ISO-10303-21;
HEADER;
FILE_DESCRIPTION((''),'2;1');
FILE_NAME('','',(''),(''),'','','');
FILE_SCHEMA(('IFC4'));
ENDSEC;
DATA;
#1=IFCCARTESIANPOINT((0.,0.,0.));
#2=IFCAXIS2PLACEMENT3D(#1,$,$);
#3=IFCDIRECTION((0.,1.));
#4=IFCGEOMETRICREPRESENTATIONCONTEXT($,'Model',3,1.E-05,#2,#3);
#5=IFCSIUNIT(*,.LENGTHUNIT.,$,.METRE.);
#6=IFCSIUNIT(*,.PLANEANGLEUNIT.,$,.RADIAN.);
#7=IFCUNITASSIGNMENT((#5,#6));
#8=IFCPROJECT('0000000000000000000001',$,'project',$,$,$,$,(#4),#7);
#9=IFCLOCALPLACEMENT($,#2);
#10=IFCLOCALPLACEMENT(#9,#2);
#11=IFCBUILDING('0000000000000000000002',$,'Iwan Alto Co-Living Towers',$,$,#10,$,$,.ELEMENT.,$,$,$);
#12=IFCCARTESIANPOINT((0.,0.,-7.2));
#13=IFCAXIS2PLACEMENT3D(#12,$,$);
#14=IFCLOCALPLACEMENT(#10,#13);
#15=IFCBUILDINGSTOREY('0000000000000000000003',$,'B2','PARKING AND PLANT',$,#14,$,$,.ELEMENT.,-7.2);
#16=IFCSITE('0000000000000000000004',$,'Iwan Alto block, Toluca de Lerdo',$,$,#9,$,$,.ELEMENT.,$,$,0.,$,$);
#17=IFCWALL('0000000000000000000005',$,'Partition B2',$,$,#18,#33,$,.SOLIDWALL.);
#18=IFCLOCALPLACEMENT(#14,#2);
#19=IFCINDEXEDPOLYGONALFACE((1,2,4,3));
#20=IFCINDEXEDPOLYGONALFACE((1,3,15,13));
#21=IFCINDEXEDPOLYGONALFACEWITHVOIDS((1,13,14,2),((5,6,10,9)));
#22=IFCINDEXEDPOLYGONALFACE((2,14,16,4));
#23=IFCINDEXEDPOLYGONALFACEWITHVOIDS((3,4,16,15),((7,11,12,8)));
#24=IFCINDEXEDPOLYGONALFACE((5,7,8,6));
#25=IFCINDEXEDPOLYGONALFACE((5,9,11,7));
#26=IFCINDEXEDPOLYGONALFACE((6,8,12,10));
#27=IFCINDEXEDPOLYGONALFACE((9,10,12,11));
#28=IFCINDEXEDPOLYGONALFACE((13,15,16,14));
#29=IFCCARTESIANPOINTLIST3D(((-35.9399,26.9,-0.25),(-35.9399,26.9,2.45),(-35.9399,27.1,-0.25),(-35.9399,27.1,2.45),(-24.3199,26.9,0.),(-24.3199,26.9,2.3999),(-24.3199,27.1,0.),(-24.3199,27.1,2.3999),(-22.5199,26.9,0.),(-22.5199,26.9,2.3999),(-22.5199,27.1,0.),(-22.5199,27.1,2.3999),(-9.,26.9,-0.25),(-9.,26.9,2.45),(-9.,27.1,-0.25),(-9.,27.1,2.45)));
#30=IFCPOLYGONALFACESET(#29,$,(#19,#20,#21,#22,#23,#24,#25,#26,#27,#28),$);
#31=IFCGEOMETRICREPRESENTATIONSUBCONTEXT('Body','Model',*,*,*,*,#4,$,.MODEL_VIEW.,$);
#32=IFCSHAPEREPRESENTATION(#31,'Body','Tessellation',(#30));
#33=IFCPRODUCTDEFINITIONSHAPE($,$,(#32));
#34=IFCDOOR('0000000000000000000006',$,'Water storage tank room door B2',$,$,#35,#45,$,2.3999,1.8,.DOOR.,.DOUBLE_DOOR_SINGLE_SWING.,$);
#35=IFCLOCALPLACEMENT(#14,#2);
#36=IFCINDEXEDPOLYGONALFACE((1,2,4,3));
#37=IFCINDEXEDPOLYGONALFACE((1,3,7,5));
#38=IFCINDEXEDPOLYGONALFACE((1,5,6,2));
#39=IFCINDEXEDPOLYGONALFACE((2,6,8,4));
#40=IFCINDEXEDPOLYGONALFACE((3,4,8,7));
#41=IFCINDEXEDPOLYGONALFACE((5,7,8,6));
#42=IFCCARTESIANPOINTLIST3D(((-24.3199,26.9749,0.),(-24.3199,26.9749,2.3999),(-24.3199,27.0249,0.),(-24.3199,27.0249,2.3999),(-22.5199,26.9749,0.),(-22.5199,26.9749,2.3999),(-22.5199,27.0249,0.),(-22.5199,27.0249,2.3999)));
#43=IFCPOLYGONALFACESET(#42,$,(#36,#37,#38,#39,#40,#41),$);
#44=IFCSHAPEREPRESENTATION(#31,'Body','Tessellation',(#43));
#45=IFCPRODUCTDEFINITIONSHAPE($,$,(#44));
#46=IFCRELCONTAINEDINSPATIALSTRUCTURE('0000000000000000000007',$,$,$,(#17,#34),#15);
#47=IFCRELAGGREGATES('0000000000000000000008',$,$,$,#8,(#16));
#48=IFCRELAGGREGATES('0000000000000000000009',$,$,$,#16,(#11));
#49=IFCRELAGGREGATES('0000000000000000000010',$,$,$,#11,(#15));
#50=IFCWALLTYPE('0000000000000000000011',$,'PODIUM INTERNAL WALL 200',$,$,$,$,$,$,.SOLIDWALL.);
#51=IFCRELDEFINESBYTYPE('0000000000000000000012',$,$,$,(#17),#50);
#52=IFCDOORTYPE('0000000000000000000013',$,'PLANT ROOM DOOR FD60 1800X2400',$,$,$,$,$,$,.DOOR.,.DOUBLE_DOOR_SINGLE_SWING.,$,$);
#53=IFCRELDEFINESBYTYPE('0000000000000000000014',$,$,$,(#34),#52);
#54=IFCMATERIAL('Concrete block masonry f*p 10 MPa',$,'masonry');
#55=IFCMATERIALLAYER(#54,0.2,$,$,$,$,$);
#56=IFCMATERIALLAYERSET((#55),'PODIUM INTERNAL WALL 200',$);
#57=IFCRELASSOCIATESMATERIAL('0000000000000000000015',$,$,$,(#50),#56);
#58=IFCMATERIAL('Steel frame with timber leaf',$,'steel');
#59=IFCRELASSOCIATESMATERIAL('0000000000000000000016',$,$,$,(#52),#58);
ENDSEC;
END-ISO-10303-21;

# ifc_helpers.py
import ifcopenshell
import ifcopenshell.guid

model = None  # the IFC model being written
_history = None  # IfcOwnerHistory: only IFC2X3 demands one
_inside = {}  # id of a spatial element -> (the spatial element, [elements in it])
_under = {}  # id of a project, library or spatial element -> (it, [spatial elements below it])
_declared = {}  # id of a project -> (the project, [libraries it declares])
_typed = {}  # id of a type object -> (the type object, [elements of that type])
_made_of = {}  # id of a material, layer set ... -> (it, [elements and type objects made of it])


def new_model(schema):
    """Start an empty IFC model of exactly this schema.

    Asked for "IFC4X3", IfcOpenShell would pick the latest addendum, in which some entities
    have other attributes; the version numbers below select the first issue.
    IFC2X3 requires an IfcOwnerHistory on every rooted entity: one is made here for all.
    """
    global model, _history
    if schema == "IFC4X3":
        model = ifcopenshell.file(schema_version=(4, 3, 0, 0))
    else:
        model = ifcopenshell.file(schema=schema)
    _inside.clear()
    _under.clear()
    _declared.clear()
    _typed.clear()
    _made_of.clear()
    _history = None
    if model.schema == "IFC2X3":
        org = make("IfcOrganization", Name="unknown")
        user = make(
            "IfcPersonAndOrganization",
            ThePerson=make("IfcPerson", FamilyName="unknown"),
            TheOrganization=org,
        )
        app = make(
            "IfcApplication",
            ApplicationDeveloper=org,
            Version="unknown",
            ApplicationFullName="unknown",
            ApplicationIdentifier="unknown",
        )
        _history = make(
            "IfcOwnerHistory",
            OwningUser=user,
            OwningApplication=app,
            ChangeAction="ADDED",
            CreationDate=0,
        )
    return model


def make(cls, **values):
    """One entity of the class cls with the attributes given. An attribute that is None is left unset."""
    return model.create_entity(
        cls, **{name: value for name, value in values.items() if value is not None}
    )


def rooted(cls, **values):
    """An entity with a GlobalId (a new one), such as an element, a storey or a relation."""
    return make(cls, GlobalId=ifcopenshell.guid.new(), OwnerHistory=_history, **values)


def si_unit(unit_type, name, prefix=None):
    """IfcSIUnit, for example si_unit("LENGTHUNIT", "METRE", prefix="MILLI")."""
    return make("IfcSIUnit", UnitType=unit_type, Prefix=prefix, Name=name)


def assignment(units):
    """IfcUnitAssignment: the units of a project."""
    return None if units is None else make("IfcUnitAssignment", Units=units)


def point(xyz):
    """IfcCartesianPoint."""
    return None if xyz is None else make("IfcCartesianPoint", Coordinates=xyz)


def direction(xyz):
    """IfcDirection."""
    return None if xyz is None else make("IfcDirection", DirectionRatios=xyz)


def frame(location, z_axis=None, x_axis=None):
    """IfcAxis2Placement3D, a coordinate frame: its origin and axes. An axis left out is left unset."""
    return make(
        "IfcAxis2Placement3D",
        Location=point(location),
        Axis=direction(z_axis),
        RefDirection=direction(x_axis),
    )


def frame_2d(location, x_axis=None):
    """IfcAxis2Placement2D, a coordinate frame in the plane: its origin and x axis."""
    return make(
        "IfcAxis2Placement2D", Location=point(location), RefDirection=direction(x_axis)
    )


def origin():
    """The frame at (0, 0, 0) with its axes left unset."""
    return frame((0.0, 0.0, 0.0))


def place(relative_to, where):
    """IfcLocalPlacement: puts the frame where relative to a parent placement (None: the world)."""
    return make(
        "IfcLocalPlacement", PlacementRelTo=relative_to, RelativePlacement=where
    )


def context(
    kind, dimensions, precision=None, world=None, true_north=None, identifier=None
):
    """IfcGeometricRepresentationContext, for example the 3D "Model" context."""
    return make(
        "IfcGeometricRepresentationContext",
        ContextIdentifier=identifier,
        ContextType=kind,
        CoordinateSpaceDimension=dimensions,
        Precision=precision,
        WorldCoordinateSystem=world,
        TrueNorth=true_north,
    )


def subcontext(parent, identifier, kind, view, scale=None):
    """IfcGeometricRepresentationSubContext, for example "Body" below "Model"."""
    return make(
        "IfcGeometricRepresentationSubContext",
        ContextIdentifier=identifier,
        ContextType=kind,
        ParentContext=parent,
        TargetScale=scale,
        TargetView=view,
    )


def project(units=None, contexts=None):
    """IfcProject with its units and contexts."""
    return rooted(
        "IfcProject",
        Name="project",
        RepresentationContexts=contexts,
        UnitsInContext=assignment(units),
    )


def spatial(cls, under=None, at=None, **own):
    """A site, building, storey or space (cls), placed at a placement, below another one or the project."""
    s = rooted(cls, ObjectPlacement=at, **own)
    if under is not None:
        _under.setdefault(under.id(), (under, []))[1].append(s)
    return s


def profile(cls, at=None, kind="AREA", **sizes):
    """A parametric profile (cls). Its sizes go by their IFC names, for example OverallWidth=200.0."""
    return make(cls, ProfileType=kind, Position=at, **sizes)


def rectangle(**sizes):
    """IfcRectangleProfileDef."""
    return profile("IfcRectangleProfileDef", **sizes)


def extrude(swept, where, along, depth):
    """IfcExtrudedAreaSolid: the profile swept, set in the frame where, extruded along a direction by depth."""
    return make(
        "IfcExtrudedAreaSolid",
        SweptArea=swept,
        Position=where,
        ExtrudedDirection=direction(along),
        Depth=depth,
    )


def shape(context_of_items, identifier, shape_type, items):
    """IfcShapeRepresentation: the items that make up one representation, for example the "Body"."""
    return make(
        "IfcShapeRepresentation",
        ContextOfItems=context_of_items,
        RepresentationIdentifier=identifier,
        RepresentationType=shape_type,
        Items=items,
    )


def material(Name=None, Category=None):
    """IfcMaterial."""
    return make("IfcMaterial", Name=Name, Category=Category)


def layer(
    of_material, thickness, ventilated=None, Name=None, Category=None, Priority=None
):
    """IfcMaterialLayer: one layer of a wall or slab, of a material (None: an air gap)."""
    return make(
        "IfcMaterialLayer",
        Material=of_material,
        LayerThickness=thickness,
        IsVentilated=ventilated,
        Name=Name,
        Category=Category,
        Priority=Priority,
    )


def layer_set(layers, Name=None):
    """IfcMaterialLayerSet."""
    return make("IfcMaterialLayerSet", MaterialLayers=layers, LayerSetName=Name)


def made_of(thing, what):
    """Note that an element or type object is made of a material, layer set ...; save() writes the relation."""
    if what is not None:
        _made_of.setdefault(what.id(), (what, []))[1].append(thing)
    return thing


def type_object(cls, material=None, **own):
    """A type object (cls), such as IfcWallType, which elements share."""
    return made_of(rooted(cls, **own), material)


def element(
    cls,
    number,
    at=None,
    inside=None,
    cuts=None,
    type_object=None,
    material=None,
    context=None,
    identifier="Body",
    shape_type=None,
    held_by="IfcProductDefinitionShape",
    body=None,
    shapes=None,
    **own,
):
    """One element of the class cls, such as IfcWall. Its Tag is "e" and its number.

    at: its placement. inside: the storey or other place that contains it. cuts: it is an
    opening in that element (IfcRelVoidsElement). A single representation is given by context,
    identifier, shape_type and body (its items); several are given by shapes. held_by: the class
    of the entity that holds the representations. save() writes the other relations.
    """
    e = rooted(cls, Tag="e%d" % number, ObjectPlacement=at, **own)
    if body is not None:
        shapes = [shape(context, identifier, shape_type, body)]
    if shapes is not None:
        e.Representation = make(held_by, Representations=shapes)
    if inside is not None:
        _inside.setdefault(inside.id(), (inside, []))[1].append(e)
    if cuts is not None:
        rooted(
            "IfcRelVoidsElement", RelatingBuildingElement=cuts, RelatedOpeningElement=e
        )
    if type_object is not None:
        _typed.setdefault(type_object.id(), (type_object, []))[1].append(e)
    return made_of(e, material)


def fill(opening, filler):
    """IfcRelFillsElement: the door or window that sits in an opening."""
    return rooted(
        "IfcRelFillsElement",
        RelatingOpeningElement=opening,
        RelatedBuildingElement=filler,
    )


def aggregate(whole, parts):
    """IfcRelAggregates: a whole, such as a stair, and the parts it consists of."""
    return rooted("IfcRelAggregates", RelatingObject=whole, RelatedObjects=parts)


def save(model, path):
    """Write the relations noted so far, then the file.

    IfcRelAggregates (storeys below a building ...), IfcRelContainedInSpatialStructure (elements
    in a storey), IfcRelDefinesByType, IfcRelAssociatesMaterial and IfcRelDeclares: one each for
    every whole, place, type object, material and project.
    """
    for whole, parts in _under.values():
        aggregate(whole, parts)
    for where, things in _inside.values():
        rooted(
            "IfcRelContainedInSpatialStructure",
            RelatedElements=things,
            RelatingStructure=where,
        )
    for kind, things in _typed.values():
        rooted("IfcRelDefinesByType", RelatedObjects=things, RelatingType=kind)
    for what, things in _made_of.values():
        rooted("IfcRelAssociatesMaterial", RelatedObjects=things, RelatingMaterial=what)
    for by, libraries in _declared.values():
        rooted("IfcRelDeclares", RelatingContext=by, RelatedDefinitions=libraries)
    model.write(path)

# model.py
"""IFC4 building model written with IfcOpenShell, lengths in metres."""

from ifc_helpers import new_model, si_unit, direction, frame, frame_2d, origin, place, context, subcontext, project, spatial, rectangle, extrude, material, layer, layer_set, type_object, element, fill, save


model = new_model("IFC4")

# Units and contexts
model_context = context("Model", 3, precision=1e-05, world=origin(), true_north=direction((0.0, 1.0)))
body_context = subcontext(model_context, "Body", "Model", "MODEL_VIEW")
ifc_project = project(units=[si_unit("LENGTHUNIT", "METRE"), si_unit("PLANEANGLEUNIT", "RADIAN")], contexts=[model_context])

# Site, building, storey
site_placement = place(None, origin())
site = spatial("IfcSite", under=ifc_project, at=site_placement, Name="Iwan Alto block, Toluca de Lerdo", CompositionType="ELEMENT", RefElevation=0.0)
building_placement = place(site_placement, origin())
building = spatial("IfcBuilding", under=site, at=building_placement, Name="Iwan Alto Co-Living Towers", CompositionType="ELEMENT")
storey_placement = place(building_placement, frame((0.0, 0.0, -7.2)))
storey = spatial("IfcBuildingStorey", under=building, at=storey_placement, Name="B2", Description="PARKING AND PLANT", CompositionType="ELEMENT", Elevation=-7.2)

# Wall, opening, door
ifc_material_1 = material(Name="Concrete block masonry f*p 10 MPa", Category="masonry")
ifc_layer_1 = layer(ifc_material_1, 0.2)
ifc_layer_set_1 = layer_set([ifc_layer_1], Name="PODIUM INTERNAL WALL 200")
wall_type_1 = type_object("IfcWallType", Name="PODIUM INTERNAL WALL 200", PredefinedType="SOLIDWALL", material=ifc_layer_set_1)
wall_1_placement = place(storey_placement, frame((-35.9399, 27.0, -0.25), z_axis=(0.0, 0.0, 1.0), x_axis=(1.0, 0.0, 0.0)))
wall_1 = element("IfcWall", 1, at=wall_1_placement, inside=storey, type_object=wall_type_1, Name="Partition B2", PredefinedType="SOLIDWALL", context=body_context, shape_type="SweptSolid", body=[
    extrude(rectangle(XDim=26.9399, YDim=0.2, at=frame_2d((13.47, 0.0))), origin(), (0.0, 0.0, 1.0), 2.7),
])
opening_placement = place(wall_1_placement, frame((11.6201, 0.0, 0.25)))
opening = element("IfcOpeningElement", 2, at=opening_placement, cuts=wall_1, PredefinedType="OPENING", context=body_context, shape_type="SweptSolid", body=[
    extrude(rectangle(XDim=1.8, YDim=2.3999, at=frame_2d((0.8999, 1.2))), frame((0.0, 0.1099, 0.0), z_axis=(0.0, -1.0, 0.0), x_axis=(1.0, 0.0, 0.0)), (0.0, 0.0, 1.0), 0.22),
])
ifc_material_2 = material(Name="Steel frame with timber leaf", Category="steel")
door_type = type_object("IfcDoorType", Name="PLANT ROOM DOOR FD60 1800X2400", OperationType="DOUBLE_DOOR_SINGLE_SWING", PredefinedType="DOOR", material=ifc_material_2)
door_placement = place(opening_placement, origin())
door = element("IfcDoor", 3, at=door_placement, inside=storey, type_object=door_type, Name="Water storage tank room door B2", OperationType="DOUBLE_DOOR_SINGLE_SWING", OverallHeight=2.3999, OverallWidth=1.8, PredefinedType="DOOR", context=body_context, shape_type="SweptSolid", body=[
    extrude(rectangle(XDim=1.8, YDim=2.3999, at=frame_2d((0.8999, 1.2))), frame((0.0, 0.0249, 0.0), z_axis=(0.0, -1.0, 0.0), x_axis=(1.0, 0.0, 0.0)), (0.0, 0.0, 1.0), 0.05),
])
fill(opening, door)

save(model, "model.ifc")
